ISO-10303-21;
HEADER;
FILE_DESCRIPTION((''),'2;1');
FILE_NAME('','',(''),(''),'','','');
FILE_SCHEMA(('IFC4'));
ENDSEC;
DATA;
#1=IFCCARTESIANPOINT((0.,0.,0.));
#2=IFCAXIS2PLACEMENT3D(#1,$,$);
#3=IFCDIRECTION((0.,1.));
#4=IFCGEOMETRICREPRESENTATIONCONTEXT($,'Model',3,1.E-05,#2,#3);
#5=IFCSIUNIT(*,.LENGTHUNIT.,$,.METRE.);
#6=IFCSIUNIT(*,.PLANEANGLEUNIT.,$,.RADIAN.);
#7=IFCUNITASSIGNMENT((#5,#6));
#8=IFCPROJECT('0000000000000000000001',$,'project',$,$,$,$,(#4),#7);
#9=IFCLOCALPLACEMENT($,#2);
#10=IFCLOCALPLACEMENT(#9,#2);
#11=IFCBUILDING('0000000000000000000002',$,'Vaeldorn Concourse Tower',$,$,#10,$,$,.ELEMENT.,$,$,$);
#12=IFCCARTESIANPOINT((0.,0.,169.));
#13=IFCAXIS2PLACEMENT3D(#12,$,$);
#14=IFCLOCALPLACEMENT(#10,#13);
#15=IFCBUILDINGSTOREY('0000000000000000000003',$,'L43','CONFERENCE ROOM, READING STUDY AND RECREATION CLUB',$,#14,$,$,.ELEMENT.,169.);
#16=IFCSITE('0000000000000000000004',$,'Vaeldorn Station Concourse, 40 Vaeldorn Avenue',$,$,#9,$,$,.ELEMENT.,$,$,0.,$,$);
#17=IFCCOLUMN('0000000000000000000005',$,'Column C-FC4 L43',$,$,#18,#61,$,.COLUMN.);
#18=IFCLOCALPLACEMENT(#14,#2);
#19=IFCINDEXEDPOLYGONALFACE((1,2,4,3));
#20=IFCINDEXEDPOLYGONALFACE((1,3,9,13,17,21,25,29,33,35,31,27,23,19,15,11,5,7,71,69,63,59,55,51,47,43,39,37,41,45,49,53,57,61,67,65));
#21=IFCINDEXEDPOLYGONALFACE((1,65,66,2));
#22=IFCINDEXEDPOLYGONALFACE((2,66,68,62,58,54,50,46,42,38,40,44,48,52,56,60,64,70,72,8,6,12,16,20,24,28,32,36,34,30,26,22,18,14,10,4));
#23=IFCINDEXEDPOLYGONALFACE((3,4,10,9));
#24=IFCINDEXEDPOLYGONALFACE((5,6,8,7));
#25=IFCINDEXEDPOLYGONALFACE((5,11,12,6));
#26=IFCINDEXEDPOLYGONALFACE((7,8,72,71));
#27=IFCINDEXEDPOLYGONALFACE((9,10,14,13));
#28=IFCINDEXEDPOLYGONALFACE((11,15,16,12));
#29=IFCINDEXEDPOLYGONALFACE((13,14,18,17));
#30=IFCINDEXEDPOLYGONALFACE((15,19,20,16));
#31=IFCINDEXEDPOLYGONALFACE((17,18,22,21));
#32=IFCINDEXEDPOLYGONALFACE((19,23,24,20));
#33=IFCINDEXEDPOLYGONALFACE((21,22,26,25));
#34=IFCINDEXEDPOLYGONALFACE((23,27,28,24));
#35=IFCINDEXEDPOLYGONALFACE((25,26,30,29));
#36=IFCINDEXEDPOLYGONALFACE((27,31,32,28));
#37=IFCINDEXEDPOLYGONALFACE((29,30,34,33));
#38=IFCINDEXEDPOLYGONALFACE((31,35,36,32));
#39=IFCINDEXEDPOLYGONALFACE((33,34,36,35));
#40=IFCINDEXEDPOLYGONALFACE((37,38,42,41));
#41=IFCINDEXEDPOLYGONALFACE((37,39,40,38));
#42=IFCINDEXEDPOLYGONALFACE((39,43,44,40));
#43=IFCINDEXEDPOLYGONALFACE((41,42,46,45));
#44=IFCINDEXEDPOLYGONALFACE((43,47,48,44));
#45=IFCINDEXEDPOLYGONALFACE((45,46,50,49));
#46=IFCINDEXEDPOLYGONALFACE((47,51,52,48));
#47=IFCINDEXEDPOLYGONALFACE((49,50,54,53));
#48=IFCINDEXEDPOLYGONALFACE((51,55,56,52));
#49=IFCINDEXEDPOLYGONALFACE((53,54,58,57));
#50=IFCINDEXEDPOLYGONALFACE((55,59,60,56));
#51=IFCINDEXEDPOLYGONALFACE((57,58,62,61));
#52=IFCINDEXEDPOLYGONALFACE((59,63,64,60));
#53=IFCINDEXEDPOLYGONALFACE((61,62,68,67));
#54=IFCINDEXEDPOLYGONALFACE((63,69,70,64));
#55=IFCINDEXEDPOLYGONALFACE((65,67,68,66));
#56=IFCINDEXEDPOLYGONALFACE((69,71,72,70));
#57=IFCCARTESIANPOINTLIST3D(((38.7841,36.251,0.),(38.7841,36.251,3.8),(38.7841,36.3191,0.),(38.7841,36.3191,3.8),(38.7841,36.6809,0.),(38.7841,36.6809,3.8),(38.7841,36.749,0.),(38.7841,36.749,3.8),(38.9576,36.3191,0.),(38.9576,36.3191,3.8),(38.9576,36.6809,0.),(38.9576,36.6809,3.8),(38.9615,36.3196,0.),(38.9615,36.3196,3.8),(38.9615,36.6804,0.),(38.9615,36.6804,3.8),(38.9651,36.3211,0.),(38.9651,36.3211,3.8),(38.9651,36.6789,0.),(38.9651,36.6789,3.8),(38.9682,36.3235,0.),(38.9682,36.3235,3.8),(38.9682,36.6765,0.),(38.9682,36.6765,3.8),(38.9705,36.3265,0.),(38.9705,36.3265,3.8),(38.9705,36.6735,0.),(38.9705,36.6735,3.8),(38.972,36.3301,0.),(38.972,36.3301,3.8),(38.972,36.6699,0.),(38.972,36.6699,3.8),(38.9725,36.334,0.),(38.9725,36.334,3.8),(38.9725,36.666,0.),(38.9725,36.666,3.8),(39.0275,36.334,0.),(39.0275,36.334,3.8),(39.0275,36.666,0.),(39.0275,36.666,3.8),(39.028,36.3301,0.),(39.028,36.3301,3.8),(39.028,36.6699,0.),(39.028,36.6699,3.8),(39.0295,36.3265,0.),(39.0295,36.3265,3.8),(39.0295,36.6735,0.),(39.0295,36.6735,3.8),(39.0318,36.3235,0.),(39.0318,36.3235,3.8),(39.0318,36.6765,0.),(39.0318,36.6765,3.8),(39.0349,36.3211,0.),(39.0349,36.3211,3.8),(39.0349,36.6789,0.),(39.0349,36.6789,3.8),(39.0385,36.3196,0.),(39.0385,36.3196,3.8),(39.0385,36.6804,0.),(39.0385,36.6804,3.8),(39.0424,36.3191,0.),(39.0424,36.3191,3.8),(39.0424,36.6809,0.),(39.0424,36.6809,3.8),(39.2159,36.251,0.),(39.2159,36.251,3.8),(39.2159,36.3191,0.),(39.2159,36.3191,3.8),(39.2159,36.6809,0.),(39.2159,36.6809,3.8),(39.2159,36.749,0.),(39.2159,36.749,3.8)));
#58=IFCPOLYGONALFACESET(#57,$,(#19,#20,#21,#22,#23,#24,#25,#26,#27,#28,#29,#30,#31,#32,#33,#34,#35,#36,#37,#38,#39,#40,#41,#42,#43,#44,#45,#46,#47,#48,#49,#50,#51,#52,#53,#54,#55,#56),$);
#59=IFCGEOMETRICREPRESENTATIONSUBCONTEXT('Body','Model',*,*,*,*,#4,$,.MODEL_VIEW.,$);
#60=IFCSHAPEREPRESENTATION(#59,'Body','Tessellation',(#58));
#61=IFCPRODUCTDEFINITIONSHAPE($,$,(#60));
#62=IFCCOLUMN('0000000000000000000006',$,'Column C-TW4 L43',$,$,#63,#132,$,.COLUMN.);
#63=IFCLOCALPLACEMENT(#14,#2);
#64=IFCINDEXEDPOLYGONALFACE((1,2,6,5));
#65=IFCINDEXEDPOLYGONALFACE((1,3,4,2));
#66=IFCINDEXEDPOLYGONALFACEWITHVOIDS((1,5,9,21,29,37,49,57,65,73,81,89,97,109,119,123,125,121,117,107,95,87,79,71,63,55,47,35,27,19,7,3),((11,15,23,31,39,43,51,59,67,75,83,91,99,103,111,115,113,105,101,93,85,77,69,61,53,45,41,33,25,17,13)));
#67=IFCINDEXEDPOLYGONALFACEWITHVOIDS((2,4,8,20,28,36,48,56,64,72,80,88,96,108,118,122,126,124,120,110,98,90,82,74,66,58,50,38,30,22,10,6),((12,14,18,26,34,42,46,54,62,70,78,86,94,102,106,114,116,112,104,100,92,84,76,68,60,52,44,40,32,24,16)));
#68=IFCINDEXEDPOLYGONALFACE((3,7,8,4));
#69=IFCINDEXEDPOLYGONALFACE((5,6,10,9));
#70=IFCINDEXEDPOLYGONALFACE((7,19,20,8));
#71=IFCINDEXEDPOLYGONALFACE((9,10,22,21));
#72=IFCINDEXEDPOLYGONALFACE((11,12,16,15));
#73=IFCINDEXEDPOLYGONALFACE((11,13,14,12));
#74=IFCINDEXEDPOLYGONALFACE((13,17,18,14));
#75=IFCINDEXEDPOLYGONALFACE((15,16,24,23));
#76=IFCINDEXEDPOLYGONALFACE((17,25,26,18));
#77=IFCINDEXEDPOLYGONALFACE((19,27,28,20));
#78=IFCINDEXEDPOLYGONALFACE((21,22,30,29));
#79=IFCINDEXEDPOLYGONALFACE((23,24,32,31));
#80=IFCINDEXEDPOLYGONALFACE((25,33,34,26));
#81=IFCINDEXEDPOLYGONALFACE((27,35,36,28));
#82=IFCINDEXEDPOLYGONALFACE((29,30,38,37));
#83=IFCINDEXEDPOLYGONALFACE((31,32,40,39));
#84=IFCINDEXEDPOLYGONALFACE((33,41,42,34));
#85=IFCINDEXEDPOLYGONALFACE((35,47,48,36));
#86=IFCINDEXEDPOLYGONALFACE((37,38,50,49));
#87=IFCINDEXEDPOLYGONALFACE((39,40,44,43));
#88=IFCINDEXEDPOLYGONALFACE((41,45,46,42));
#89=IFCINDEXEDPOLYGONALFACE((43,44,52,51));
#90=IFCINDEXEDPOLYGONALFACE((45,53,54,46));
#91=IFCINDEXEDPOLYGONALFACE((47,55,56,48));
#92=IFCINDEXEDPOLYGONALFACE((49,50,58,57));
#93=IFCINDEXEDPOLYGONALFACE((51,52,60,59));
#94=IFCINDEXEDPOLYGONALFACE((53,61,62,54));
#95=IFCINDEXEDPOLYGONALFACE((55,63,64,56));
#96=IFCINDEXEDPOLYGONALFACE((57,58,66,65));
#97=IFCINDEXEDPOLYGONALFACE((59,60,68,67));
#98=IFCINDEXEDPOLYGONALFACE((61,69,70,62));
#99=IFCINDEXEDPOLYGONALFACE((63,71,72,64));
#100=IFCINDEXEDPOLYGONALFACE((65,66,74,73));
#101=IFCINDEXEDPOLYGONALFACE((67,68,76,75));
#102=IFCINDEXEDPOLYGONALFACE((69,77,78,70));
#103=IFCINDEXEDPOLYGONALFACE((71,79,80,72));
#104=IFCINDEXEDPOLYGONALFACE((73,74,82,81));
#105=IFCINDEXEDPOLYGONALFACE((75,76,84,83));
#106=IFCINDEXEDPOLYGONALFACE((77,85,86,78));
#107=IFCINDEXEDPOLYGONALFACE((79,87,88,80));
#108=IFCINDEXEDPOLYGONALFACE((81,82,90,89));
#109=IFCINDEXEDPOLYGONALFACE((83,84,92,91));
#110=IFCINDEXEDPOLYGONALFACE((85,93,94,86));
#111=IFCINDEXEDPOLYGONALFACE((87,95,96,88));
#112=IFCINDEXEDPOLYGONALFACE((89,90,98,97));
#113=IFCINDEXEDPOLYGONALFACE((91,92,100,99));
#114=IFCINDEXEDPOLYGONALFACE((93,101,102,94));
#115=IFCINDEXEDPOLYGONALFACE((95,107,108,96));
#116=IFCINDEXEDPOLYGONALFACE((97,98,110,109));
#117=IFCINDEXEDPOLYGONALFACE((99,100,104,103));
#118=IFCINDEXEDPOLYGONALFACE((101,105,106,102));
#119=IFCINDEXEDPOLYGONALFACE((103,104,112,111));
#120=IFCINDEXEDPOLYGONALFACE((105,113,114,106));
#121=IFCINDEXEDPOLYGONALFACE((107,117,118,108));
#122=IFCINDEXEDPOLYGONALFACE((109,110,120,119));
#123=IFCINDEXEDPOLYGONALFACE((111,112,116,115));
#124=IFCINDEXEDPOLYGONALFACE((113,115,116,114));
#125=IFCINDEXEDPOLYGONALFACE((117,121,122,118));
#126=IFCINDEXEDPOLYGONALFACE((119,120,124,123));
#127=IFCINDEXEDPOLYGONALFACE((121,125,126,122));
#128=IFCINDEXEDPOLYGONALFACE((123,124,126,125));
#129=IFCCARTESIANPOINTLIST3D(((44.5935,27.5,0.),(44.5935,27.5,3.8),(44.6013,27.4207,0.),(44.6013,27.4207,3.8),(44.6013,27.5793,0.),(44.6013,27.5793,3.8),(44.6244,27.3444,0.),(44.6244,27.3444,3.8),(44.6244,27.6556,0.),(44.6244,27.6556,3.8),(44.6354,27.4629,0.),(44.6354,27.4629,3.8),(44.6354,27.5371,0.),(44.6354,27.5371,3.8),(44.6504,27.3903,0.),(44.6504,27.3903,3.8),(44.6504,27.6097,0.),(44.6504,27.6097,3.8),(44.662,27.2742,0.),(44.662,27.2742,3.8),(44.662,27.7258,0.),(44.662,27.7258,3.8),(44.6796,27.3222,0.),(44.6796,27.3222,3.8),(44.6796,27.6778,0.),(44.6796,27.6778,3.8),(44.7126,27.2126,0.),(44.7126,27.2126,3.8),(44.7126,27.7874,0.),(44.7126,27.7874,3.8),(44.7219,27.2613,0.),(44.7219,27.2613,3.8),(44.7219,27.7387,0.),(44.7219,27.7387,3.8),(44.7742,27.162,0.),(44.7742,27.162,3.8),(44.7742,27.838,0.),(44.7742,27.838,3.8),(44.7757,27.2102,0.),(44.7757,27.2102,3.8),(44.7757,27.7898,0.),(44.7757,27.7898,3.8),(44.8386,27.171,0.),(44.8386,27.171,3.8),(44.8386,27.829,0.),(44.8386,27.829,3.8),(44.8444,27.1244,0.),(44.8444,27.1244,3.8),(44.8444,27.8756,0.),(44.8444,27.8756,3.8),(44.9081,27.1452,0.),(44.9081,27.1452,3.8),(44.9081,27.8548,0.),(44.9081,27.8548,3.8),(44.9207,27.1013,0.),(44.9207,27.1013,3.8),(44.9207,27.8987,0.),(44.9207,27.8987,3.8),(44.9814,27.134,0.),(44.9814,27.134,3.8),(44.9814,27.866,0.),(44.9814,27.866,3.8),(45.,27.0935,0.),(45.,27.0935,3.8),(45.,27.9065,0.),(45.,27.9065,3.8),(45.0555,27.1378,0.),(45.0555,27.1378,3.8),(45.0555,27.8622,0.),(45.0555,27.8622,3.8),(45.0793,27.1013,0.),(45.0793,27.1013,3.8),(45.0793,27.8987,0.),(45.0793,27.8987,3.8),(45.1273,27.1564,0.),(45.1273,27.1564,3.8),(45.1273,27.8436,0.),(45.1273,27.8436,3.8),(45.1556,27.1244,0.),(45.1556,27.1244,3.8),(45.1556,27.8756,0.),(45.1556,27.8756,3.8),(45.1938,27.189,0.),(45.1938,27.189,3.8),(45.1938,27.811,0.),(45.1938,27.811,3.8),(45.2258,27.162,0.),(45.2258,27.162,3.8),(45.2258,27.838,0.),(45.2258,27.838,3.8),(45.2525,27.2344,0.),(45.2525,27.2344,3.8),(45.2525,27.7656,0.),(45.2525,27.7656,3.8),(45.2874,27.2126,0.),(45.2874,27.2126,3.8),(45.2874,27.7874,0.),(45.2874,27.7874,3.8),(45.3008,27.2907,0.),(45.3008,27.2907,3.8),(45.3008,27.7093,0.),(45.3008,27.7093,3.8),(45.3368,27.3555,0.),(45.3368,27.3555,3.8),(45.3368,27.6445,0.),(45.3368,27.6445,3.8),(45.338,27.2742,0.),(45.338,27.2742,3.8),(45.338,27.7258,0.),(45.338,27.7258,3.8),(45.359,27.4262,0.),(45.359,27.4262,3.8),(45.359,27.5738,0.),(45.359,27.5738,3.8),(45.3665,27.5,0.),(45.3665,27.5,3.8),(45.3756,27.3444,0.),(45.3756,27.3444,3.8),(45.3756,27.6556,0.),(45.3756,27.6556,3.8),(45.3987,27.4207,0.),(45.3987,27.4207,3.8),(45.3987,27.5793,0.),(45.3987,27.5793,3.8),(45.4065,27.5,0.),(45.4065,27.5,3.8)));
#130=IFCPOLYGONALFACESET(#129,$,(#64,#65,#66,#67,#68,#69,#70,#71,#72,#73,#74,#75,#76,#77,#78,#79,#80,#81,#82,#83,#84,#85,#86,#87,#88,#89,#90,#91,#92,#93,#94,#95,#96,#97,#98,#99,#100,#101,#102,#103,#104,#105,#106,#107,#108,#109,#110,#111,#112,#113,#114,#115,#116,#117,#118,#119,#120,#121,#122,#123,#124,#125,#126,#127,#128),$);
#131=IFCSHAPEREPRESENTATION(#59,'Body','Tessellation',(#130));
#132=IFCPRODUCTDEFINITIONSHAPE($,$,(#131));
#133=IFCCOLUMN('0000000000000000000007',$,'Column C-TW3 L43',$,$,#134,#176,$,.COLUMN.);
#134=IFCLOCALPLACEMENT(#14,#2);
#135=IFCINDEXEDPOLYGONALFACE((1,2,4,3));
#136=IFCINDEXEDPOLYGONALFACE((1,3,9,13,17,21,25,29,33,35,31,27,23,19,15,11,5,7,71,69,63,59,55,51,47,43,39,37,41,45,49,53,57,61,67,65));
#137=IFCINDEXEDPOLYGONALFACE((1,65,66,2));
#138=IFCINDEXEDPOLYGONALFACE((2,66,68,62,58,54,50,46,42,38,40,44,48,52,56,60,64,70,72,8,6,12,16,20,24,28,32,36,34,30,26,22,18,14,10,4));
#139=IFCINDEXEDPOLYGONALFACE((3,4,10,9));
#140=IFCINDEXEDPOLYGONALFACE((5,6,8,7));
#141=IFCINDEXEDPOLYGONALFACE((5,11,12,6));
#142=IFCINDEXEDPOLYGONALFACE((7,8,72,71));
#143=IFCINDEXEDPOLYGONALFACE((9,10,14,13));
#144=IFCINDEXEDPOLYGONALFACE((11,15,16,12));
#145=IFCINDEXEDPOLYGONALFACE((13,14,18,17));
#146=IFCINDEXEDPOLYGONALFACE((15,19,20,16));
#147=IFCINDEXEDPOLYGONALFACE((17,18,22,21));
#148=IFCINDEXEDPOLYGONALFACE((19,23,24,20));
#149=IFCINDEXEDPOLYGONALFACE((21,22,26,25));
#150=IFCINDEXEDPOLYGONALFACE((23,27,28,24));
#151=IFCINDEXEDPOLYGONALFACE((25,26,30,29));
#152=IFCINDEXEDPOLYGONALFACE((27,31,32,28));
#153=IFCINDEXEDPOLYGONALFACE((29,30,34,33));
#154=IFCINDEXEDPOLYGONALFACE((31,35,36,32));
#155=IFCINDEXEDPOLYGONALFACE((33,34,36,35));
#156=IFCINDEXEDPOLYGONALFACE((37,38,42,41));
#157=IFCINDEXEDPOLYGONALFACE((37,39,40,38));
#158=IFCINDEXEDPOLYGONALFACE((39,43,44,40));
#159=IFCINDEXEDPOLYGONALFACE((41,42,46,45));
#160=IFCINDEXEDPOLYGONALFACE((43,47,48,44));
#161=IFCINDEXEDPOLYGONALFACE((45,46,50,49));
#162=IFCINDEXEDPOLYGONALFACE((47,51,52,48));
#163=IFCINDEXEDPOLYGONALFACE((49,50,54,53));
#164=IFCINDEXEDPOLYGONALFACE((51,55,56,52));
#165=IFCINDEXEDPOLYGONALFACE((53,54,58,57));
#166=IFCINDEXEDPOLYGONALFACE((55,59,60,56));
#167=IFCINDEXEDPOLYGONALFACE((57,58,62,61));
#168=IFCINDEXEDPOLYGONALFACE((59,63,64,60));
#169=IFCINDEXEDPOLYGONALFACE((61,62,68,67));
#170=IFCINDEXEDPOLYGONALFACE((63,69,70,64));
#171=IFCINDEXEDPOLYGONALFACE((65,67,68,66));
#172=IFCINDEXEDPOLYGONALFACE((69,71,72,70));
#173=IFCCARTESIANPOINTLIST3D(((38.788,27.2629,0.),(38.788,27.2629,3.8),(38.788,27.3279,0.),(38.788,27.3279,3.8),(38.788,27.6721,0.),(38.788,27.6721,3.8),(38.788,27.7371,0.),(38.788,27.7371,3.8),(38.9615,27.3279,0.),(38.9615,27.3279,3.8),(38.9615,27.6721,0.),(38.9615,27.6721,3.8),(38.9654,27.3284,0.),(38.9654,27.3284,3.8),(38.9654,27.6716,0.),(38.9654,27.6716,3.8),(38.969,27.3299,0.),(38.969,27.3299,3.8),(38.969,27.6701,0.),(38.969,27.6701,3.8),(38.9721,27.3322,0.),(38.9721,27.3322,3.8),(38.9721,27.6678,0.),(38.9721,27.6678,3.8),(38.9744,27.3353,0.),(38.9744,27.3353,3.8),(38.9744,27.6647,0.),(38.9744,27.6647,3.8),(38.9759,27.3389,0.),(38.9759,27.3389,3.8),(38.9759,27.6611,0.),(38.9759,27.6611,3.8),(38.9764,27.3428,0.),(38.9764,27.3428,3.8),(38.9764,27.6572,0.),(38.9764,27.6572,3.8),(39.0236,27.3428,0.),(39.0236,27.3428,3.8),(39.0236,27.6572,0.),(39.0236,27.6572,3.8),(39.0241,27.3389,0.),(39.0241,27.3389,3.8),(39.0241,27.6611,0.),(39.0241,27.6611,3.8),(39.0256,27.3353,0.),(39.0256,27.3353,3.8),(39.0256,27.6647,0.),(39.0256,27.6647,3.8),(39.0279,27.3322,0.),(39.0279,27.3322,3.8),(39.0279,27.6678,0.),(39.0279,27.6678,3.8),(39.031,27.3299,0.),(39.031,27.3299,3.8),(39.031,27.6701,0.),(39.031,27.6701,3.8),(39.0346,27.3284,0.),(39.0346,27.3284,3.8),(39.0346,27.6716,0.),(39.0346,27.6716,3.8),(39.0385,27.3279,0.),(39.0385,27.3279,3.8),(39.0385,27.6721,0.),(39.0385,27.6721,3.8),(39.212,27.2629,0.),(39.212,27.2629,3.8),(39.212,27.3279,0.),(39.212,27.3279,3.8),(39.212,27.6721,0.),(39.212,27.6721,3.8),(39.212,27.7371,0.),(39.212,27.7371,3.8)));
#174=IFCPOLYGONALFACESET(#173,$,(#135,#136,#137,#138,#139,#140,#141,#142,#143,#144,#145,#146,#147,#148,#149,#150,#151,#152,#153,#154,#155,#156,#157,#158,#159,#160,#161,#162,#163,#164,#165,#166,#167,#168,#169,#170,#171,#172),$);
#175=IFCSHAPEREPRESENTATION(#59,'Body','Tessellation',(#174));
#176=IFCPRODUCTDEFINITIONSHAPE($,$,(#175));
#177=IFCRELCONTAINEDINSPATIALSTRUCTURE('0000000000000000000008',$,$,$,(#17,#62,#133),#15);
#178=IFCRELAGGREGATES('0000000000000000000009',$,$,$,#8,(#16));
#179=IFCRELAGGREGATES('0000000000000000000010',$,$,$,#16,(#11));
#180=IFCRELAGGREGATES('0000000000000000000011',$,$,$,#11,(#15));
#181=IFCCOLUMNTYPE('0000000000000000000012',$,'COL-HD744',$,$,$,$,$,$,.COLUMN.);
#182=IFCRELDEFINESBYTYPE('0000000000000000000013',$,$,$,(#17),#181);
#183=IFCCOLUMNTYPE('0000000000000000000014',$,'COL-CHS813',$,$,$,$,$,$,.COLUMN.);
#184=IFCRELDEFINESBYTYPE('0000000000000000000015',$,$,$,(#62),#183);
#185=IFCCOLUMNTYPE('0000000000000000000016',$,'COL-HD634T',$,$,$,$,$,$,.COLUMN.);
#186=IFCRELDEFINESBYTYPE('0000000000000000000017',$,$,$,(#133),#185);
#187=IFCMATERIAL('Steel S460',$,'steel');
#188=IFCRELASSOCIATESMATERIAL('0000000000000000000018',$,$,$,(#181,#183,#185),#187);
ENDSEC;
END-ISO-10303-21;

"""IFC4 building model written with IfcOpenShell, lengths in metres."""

from ifc_helpers import new_model, si_unit, direction, frame, origin, origin_2d, place, context, subcontext, project, spatial, hollow_circle, i_section, extrude, source, transform, mapped, material, material_profile, profile_set, type_object, element, save


model = new_model("IFC4")

# Units and contexts
model_context = context("Model", 3, precision=1e-05, world=origin(), true_north=direction((0.0, 1.0)))
body_context = subcontext(model_context, "Body", "Model", "MODEL_VIEW")
ifc_project = project(units=[si_unit("LENGTHUNIT", "METRE"), si_unit("PLANEANGLEUNIT", "RADIAN")], contexts=[model_context])

# Site, building, storey
site_placement = place(None, origin())
site = spatial("IfcSite", under=ifc_project, at=site_placement, Name="Vaeldorn Station Concourse, 40 Vaeldorn Avenue", CompositionType="ELEMENT", RefElevation=0.0)
building_placement = place(site_placement, origin())
building = spatial("IfcBuilding", under=site, at=building_placement, Name="Vaeldorn Concourse Tower", CompositionType="ELEMENT")
storey_placement = place(building_placement, frame((0.0, 0.0, 169.0)))
storey = spatial("IfcBuildingStorey", under=building, at=storey_placement, Name="L43", Description="CONFERENCE ROOM, READING STUDY AND RECREATION CLUB", CompositionType="ELEMENT", Elevation=169.0)

# Columns
ifc_material_1 = material(Name="Steel S460", Category="steel")
ifc_material_profile_1 = material_profile(ifc_material_1, i_section(OverallWidth=0.4319, OverallDepth=0.498, WebThickness=0.0549, FlangeThickness=0.0681, FilletRadius=0.0149, at=origin_2d()), Name="HD 400x744")
ifc_profile_set_1 = profile_set([ifc_material_profile_1], Name="Steel S460")
column_type_1 = type_object("IfcColumnType", Name="COL-HD744", PredefinedType="COLUMN", material=ifc_profile_set_1)
shared_shape_1 = source(origin(), body_context, "Body", "SweptSolid", [
    extrude(i_section(OverallWidth=0.4319, OverallDepth=0.498, WebThickness=0.0549, FlangeThickness=0.0681, FilletRadius=0.0149, at=origin_2d()), origin(), (0.0, 0.0, 1.0), 3.8),
])
column_1_placement = place(storey_placement, frame((39.0, 36.5, 0.0), z_axis=(0.0, 0.0, 1.0), x_axis=(1.0, 0.0, 0.0)))
element("IfcColumn", 1, at=column_1_placement, inside=storey, type_object=column_type_1, Name="Column C-FC4 L43", PredefinedType="COLUMN", context=body_context, shape_type="MappedRepresentation", body=[
    mapped(shared_shape_1, transform((0.0, 0.0, 0.0), scale=1.0)),
])
ifc_material_profile_2 = material_profile(ifc_material_1, hollow_circle(Radius=0.4065, WallThickness=0.04, at=origin_2d()), Name="CHS 813x40")
ifc_profile_set_2 = profile_set([ifc_material_profile_2], Name="Steel S460")
column_type_2 = type_object("IfcColumnType", Name="COL-CHS813", PredefinedType="COLUMN", material=ifc_profile_set_2)
shared_shape_2 = source(origin(), body_context, "Body", "SweptSolid", [
    extrude(hollow_circle(Radius=0.4065, WallThickness=0.04, at=origin_2d()), origin(), (0.0, 0.0, 1.0), 3.8),
])
column_2_placement = place(storey_placement, frame((45.0, 27.5, 0.0), z_axis=(0.0, 0.0, 1.0), x_axis=(1.0, 0.0, 0.0)))
element("IfcColumn", 2, at=column_2_placement, inside=storey, type_object=column_type_2, Name="Column C-TW4 L43", PredefinedType="COLUMN", context=body_context, shape_type="MappedRepresentation", body=[
    mapped(shared_shape_2, transform((0.0, 0.0, 0.0), scale=1.0)),
])
ifc_material_profile_3 = material_profile(ifc_material_1, i_section(OverallWidth=0.4241, OverallDepth=0.4741, WebThickness=0.0471, FlangeThickness=0.0649, FilletRadius=0.0149, at=origin_2d()), Name="HD 400x634")
ifc_profile_set_3 = profile_set([ifc_material_profile_3], Name="Steel S460")
column_type_3 = type_object("IfcColumnType", Name="COL-HD634T", PredefinedType="COLUMN", material=ifc_profile_set_3)
shared_shape_3 = source(origin(), body_context, "Body", "SweptSolid", [
    extrude(i_section(OverallWidth=0.4241, OverallDepth=0.4741, WebThickness=0.0471, FlangeThickness=0.0649, FilletRadius=0.0149, at=origin_2d()), origin(), (0.0, 0.0, 1.0), 3.8),
])
for number, where, z_axis, x_axis, name in (
    (3, (39.0, 27.5, 0.0), (0.0, 0.0, 1.0), (1.0, 0.0, 0.0), "Column C-TW3 L43"),
):
    element("IfcColumn", number, at=place(storey_placement, frame(where, z_axis=z_axis, x_axis=x_axis)), inside=storey, type_object=column_type_3, Name=name, PredefinedType="COLUMN", context=body_context, shape_type="MappedRepresentation", body=[
        mapped(shared_shape_3, transform((0.0, 0.0, 0.0), scale=1.0)),
    ])

save(model, "model.ifc")
